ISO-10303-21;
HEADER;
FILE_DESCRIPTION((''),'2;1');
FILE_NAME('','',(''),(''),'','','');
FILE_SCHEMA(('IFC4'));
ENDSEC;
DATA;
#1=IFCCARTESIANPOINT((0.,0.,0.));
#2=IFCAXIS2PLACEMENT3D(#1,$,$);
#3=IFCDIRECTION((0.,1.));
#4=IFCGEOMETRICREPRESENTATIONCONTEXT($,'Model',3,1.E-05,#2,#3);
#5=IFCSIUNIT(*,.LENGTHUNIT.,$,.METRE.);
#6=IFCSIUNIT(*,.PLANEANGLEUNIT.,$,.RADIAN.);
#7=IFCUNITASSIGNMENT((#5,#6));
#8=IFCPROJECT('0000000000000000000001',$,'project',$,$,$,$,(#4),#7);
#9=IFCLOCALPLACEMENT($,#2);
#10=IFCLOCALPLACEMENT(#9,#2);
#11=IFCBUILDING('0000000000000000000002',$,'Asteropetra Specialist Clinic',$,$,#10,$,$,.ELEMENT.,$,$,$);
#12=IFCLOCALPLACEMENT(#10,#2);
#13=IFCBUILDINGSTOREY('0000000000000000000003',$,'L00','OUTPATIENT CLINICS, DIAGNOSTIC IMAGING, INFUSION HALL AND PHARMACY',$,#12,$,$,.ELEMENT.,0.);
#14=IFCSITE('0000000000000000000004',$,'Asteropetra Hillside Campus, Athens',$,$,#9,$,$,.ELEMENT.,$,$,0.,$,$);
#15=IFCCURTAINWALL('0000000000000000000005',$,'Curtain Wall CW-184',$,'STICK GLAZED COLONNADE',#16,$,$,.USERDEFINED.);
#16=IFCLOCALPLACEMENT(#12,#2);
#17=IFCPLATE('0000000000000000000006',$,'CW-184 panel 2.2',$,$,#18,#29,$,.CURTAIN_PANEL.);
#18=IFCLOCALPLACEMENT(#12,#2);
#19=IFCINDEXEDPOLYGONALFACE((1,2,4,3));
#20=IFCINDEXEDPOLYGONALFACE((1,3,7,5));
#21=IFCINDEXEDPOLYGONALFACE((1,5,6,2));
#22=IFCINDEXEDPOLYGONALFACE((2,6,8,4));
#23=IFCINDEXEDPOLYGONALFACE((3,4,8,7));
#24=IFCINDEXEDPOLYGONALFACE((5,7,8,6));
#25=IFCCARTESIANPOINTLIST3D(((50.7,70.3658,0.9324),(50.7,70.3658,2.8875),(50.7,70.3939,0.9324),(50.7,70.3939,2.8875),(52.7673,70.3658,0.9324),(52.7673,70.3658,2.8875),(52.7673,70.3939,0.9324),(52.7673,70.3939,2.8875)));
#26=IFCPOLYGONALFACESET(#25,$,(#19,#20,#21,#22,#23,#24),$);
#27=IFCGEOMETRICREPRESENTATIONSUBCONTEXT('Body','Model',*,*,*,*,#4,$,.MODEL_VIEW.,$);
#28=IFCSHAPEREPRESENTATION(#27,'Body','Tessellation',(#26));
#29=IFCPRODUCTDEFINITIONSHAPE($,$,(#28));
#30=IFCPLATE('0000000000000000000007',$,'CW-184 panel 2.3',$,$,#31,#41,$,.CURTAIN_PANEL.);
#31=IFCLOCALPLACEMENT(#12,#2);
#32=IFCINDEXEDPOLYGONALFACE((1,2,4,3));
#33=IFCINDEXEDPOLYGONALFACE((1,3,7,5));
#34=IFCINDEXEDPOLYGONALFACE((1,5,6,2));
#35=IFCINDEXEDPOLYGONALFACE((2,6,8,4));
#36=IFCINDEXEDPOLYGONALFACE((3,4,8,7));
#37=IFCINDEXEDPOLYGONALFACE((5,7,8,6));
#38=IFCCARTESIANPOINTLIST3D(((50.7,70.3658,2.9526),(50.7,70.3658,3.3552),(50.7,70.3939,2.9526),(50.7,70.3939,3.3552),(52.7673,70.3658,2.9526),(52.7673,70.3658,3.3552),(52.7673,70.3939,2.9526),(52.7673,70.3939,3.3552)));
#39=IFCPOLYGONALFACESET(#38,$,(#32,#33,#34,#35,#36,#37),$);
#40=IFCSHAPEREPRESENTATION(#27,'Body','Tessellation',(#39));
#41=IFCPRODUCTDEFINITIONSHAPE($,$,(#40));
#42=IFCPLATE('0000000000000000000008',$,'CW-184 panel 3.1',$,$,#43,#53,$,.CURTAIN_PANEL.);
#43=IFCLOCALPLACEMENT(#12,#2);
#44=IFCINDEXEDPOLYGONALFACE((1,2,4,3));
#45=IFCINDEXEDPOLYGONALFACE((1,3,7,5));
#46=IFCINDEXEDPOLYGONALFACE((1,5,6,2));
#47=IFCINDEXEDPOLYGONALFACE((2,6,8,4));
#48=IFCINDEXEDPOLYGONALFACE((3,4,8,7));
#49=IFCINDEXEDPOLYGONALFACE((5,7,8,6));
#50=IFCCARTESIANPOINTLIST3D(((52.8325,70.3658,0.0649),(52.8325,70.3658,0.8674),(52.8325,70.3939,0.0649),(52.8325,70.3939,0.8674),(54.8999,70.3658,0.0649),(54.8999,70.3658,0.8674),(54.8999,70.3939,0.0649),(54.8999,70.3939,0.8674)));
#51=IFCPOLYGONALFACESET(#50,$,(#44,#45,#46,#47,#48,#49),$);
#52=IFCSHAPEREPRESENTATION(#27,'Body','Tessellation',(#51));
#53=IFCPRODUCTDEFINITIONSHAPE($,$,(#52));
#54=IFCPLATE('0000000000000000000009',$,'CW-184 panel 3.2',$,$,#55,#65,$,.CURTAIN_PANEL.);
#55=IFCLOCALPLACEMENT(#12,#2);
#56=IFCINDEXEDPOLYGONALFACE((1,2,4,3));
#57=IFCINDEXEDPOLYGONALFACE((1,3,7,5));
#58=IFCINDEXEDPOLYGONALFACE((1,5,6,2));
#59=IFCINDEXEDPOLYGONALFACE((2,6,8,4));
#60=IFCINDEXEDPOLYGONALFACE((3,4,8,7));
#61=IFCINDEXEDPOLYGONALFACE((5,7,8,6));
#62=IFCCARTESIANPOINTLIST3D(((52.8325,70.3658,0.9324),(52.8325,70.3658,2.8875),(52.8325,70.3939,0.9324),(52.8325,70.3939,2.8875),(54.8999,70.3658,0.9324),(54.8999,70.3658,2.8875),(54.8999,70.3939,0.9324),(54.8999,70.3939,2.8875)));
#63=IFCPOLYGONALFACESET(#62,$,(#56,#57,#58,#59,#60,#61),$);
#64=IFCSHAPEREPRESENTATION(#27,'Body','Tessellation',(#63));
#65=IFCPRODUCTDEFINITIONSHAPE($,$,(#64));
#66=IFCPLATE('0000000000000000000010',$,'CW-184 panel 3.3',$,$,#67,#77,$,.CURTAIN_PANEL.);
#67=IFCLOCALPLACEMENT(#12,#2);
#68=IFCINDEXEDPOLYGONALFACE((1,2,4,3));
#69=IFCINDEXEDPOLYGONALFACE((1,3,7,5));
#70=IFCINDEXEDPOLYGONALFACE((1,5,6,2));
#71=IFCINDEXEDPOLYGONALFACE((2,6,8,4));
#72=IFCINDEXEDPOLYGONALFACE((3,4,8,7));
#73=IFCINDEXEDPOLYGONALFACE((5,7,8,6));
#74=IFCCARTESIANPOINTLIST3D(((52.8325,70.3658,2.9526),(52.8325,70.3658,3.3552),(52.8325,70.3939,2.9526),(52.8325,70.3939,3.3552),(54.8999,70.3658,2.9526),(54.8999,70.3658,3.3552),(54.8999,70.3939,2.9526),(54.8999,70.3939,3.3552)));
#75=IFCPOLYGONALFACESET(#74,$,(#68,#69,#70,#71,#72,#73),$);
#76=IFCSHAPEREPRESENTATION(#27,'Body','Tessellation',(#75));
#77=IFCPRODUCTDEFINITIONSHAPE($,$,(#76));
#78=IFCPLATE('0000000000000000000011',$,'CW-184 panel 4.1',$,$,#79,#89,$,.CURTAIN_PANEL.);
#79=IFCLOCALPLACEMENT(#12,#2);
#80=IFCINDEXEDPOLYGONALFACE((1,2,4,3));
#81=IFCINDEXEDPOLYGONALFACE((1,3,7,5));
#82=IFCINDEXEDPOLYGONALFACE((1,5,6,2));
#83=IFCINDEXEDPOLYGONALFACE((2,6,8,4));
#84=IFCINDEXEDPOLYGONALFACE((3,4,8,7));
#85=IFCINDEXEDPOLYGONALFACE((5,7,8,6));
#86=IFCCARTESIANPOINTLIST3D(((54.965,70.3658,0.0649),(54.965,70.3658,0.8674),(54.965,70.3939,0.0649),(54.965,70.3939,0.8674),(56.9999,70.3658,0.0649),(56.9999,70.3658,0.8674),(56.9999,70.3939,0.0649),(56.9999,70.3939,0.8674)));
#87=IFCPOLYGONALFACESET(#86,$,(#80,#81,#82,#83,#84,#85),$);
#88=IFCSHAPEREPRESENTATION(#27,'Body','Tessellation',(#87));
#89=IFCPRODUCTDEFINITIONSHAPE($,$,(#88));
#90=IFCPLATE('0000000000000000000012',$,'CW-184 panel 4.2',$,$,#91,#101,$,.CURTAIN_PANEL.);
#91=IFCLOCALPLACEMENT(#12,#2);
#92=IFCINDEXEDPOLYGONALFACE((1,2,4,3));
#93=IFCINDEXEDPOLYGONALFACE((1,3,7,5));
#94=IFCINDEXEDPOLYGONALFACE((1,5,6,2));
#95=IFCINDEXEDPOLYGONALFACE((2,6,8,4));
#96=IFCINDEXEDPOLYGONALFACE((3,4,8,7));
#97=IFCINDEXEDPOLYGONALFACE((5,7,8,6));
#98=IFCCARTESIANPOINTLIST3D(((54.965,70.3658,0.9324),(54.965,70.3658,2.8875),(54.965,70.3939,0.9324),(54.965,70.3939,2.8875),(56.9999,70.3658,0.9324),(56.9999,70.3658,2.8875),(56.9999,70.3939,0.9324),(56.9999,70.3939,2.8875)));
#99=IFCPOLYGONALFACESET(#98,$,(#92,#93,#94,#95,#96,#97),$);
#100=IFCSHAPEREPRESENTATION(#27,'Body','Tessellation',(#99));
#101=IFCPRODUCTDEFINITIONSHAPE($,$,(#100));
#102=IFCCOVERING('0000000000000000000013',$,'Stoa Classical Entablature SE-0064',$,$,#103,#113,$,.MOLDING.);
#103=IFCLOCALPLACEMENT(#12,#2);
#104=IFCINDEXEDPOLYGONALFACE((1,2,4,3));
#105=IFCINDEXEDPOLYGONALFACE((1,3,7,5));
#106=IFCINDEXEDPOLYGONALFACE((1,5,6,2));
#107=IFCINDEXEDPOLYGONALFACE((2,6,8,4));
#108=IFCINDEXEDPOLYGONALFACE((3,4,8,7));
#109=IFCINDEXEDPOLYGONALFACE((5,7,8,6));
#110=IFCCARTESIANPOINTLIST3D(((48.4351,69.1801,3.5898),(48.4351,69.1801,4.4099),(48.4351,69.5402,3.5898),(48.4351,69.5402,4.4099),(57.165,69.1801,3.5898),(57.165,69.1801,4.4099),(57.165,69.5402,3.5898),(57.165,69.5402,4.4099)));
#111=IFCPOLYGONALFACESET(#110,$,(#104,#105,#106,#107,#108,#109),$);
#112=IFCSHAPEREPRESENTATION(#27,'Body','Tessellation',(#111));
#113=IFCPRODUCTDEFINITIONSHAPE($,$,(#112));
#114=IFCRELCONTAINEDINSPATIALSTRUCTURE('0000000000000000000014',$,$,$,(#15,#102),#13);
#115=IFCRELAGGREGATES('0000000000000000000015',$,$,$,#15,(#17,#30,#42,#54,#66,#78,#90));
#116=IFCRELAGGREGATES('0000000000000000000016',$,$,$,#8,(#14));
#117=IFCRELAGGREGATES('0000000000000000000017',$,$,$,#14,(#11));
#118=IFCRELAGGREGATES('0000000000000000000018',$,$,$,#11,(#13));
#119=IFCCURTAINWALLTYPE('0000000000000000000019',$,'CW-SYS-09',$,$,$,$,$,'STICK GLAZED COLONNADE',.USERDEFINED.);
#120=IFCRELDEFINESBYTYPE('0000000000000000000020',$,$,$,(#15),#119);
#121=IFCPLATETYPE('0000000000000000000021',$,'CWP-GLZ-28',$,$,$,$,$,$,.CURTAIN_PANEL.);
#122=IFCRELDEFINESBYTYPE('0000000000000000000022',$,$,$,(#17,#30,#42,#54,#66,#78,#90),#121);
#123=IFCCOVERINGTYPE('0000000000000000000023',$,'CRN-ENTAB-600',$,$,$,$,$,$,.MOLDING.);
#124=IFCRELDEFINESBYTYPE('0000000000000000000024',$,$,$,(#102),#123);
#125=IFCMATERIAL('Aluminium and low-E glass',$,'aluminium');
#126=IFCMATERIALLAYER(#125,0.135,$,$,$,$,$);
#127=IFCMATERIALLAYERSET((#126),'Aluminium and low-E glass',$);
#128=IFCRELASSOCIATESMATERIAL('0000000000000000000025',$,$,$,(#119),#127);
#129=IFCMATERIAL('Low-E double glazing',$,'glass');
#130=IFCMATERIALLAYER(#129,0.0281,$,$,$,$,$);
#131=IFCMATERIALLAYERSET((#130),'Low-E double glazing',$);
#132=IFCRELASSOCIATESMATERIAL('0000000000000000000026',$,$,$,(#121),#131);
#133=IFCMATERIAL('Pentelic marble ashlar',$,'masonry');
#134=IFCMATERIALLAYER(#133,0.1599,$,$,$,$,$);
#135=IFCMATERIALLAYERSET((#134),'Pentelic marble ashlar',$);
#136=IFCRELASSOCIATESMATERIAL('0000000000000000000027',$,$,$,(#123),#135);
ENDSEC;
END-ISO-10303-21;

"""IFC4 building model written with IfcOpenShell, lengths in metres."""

from ifc_helpers import new_model, si_unit, direction, frame, origin, origin_2d, place, context, subcontext, project, spatial, rectangle, extrude, material, layer, layer_set, type_object, element, aggregate, save


model = new_model("IFC4")

# Units and contexts
model_context = context("Model", 3, precision=1e-05, world=origin(), true_north=direction((0.0, 1.0)))
body_context = subcontext(model_context, "Body", "Model", "MODEL_VIEW")
ifc_project = project(units=[si_unit("LENGTHUNIT", "METRE"), si_unit("PLANEANGLEUNIT", "RADIAN")], contexts=[model_context])

# Site, building, storey
site_placement = place(None, origin())
site = spatial("IfcSite", under=ifc_project, at=site_placement, Name="Asteropetra Hillside Campus, Athens", CompositionType="ELEMENT", RefElevation=0.0)
building_placement = place(site_placement, origin())
building = spatial("IfcBuilding", under=site, at=building_placement, Name="Asteropetra Specialist Clinic", CompositionType="ELEMENT")
storey_placement = place(building_placement, origin())
storey = spatial("IfcBuildingStorey", under=building, at=storey_placement, Name="L00", Description="OUTPATIENT CLINICS, DIAGNOSTIC IMAGING, INFUSION HALL AND PHARMACY", CompositionType="ELEMENT", Elevation=0.0)

# Curtain wall
ifc_material_1 = material(Name="Aluminium and low-E glass", Category="aluminium")
ifc_layer_1 = layer(ifc_material_1, 0.135)
ifc_layer_set_1 = layer_set([ifc_layer_1], Name="Aluminium and low-E glass")
curtain_wall_type_1 = type_object("IfcCurtainWallType", Name="CW-SYS-09", ElementType="STICK GLAZED COLONNADE", PredefinedType="USERDEFINED", material=ifc_layer_set_1)
curtain_wall_1_placement = place(storey_placement, origin())
curtain_wall_1 = element("IfcCurtainWall", 1, at=curtain_wall_1_placement, inside=storey, type_object=curtain_wall_type_1, Name="Curtain Wall CW-184", ObjectType="STICK GLAZED COLONNADE", PredefinedType="USERDEFINED")

# Plates
ifc_material_2 = material(Name="Low-E double glazing", Category="glass")
ifc_layer_2 = layer(ifc_material_2, 0.0281)
ifc_layer_set_2 = layer_set([ifc_layer_2], Name="Low-E double glazing")
plate_type = type_object("IfcPlateType", Name="CWP-GLZ-28", PredefinedType="CURTAIN_PANEL", material=ifc_layer_set_2)
plate_1_placement = place(storey_placement, frame((51.7336, 70.3799, 0.9324), z_axis=(0.0, 0.0, 1.0), x_axis=(1.0, 0.0, 0.0)))
plate_1 = element("IfcPlate", 2, at=plate_1_placement, type_object=plate_type, Name="CW-184 panel 2.2", PredefinedType="CURTAIN_PANEL", context=body_context, shape_type="SweptSolid", body=[
    extrude(rectangle(XDim=2.0674, YDim=0.0281, at=origin_2d()), origin(), (0.0, 0.0, 1.0), 1.9551),
])
plate_2_placement = place(storey_placement, frame((51.7336, 70.3799, 2.9526), z_axis=(0.0, 0.0, 1.0), x_axis=(1.0, 0.0, 0.0)))
plate_2 = element("IfcPlate", 3, at=plate_2_placement, type_object=plate_type, Name="CW-184 panel 2.3", PredefinedType="CURTAIN_PANEL", context=body_context, shape_type="SweptSolid", body=[
    extrude(rectangle(XDim=2.0674, YDim=0.0281, at=origin_2d()), origin(), (0.0, 0.0, 1.0), 0.4026),
])
plate_3_placement = place(storey_placement, frame((53.8662, 70.3799, 0.0649), z_axis=(0.0, 0.0, 1.0), x_axis=(1.0, 0.0, 0.0)))
plate_3 = element("IfcPlate", 4, at=plate_3_placement, type_object=plate_type, Name="CW-184 panel 3.1", PredefinedType="CURTAIN_PANEL", context=body_context, shape_type="SweptSolid", body=[
    extrude(rectangle(XDim=2.0674, YDim=0.0281, at=origin_2d()), origin(), (0.0, 0.0, 1.0), 0.8025),
])
plate_4_placement = place(storey_placement, frame((53.8662, 70.3799, 0.9324), z_axis=(0.0, 0.0, 1.0), x_axis=(1.0, 0.0, 0.0)))
plate_4 = element("IfcPlate", 5, at=plate_4_placement, type_object=plate_type, Name="CW-184 panel 3.2", PredefinedType="CURTAIN_PANEL", context=body_context, shape_type="SweptSolid", body=[
    extrude(rectangle(XDim=2.0674, YDim=0.0281, at=origin_2d()), origin(), (0.0, 0.0, 1.0), 1.9551),
])
plate_5_placement = place(storey_placement, frame((53.8662, 70.3799, 2.9526), z_axis=(0.0, 0.0, 1.0), x_axis=(1.0, 0.0, 0.0)))
plate_5 = element("IfcPlate", 6, at=plate_5_placement, type_object=plate_type, Name="CW-184 panel 3.3", PredefinedType="CURTAIN_PANEL", context=body_context, shape_type="SweptSolid", body=[
    extrude(rectangle(XDim=2.0674, YDim=0.0281, at=origin_2d()), origin(), (0.0, 0.0, 1.0), 0.4026),
])
plate_6_placement = place(storey_placement, frame((55.9824, 70.3799, 0.0649), z_axis=(0.0, 0.0, 1.0), x_axis=(1.0, 0.0, 0.0)))
plate_6 = element("IfcPlate", 7, at=plate_6_placement, type_object=plate_type, Name="CW-184 panel 4.1", PredefinedType="CURTAIN_PANEL", context=body_context, shape_type="SweptSolid", body=[
    extrude(rectangle(XDim=2.0349, YDim=0.0281, at=origin_2d()), origin(), (0.0, 0.0, 1.0), 0.8025),
])
plate_7_placement = place(storey_placement, frame((55.9824, 70.3799, 0.9324), z_axis=(0.0, 0.0, 1.0), x_axis=(1.0, 0.0, 0.0)))
plate_7 = element("IfcPlate", 8, at=plate_7_placement, type_object=plate_type, Name="CW-184 panel 4.2", PredefinedType="CURTAIN_PANEL", context=body_context, shape_type="SweptSolid", body=[
    extrude(rectangle(XDim=2.0349, YDim=0.0281, at=origin_2d()), origin(), (0.0, 0.0, 1.0), 1.9551),
])
aggregate(curtain_wall_1, [plate_1, plate_2, plate_3, plate_4, plate_5, plate_6, plate_7])

# Covering
ifc_material_3 = material(Name="Pentelic marble ashlar", Category="masonry")
ifc_layer_3 = layer(ifc_material_3, 0.1599)
ifc_layer_set_3 = layer_set([ifc_layer_3], Name="Pentelic marble ashlar")
covering_type = type_object("IfcCoveringType", Name="CRN-ENTAB-600", PredefinedType="MOLDING", material=ifc_layer_set_3)
covering_placement = place(storey_placement, frame((52.8, 69.3601, 3.5898), z_axis=(0.0, 0.0, 1.0), x_axis=(1.0, 0.0, 0.0)))
element("IfcCovering", 9, at=covering_placement, inside=storey, type_object=covering_type, Name="Stoa Classical Entablature SE-0064", PredefinedType="MOLDING", context=body_context, shape_type="SweptSolid", body=[
    extrude(rectangle(XDim=8.73, YDim=0.3601, at=origin_2d()), origin(), (0.0, 0.0, 1.0), 0.8201),
])

save(model, "model.ifc")
